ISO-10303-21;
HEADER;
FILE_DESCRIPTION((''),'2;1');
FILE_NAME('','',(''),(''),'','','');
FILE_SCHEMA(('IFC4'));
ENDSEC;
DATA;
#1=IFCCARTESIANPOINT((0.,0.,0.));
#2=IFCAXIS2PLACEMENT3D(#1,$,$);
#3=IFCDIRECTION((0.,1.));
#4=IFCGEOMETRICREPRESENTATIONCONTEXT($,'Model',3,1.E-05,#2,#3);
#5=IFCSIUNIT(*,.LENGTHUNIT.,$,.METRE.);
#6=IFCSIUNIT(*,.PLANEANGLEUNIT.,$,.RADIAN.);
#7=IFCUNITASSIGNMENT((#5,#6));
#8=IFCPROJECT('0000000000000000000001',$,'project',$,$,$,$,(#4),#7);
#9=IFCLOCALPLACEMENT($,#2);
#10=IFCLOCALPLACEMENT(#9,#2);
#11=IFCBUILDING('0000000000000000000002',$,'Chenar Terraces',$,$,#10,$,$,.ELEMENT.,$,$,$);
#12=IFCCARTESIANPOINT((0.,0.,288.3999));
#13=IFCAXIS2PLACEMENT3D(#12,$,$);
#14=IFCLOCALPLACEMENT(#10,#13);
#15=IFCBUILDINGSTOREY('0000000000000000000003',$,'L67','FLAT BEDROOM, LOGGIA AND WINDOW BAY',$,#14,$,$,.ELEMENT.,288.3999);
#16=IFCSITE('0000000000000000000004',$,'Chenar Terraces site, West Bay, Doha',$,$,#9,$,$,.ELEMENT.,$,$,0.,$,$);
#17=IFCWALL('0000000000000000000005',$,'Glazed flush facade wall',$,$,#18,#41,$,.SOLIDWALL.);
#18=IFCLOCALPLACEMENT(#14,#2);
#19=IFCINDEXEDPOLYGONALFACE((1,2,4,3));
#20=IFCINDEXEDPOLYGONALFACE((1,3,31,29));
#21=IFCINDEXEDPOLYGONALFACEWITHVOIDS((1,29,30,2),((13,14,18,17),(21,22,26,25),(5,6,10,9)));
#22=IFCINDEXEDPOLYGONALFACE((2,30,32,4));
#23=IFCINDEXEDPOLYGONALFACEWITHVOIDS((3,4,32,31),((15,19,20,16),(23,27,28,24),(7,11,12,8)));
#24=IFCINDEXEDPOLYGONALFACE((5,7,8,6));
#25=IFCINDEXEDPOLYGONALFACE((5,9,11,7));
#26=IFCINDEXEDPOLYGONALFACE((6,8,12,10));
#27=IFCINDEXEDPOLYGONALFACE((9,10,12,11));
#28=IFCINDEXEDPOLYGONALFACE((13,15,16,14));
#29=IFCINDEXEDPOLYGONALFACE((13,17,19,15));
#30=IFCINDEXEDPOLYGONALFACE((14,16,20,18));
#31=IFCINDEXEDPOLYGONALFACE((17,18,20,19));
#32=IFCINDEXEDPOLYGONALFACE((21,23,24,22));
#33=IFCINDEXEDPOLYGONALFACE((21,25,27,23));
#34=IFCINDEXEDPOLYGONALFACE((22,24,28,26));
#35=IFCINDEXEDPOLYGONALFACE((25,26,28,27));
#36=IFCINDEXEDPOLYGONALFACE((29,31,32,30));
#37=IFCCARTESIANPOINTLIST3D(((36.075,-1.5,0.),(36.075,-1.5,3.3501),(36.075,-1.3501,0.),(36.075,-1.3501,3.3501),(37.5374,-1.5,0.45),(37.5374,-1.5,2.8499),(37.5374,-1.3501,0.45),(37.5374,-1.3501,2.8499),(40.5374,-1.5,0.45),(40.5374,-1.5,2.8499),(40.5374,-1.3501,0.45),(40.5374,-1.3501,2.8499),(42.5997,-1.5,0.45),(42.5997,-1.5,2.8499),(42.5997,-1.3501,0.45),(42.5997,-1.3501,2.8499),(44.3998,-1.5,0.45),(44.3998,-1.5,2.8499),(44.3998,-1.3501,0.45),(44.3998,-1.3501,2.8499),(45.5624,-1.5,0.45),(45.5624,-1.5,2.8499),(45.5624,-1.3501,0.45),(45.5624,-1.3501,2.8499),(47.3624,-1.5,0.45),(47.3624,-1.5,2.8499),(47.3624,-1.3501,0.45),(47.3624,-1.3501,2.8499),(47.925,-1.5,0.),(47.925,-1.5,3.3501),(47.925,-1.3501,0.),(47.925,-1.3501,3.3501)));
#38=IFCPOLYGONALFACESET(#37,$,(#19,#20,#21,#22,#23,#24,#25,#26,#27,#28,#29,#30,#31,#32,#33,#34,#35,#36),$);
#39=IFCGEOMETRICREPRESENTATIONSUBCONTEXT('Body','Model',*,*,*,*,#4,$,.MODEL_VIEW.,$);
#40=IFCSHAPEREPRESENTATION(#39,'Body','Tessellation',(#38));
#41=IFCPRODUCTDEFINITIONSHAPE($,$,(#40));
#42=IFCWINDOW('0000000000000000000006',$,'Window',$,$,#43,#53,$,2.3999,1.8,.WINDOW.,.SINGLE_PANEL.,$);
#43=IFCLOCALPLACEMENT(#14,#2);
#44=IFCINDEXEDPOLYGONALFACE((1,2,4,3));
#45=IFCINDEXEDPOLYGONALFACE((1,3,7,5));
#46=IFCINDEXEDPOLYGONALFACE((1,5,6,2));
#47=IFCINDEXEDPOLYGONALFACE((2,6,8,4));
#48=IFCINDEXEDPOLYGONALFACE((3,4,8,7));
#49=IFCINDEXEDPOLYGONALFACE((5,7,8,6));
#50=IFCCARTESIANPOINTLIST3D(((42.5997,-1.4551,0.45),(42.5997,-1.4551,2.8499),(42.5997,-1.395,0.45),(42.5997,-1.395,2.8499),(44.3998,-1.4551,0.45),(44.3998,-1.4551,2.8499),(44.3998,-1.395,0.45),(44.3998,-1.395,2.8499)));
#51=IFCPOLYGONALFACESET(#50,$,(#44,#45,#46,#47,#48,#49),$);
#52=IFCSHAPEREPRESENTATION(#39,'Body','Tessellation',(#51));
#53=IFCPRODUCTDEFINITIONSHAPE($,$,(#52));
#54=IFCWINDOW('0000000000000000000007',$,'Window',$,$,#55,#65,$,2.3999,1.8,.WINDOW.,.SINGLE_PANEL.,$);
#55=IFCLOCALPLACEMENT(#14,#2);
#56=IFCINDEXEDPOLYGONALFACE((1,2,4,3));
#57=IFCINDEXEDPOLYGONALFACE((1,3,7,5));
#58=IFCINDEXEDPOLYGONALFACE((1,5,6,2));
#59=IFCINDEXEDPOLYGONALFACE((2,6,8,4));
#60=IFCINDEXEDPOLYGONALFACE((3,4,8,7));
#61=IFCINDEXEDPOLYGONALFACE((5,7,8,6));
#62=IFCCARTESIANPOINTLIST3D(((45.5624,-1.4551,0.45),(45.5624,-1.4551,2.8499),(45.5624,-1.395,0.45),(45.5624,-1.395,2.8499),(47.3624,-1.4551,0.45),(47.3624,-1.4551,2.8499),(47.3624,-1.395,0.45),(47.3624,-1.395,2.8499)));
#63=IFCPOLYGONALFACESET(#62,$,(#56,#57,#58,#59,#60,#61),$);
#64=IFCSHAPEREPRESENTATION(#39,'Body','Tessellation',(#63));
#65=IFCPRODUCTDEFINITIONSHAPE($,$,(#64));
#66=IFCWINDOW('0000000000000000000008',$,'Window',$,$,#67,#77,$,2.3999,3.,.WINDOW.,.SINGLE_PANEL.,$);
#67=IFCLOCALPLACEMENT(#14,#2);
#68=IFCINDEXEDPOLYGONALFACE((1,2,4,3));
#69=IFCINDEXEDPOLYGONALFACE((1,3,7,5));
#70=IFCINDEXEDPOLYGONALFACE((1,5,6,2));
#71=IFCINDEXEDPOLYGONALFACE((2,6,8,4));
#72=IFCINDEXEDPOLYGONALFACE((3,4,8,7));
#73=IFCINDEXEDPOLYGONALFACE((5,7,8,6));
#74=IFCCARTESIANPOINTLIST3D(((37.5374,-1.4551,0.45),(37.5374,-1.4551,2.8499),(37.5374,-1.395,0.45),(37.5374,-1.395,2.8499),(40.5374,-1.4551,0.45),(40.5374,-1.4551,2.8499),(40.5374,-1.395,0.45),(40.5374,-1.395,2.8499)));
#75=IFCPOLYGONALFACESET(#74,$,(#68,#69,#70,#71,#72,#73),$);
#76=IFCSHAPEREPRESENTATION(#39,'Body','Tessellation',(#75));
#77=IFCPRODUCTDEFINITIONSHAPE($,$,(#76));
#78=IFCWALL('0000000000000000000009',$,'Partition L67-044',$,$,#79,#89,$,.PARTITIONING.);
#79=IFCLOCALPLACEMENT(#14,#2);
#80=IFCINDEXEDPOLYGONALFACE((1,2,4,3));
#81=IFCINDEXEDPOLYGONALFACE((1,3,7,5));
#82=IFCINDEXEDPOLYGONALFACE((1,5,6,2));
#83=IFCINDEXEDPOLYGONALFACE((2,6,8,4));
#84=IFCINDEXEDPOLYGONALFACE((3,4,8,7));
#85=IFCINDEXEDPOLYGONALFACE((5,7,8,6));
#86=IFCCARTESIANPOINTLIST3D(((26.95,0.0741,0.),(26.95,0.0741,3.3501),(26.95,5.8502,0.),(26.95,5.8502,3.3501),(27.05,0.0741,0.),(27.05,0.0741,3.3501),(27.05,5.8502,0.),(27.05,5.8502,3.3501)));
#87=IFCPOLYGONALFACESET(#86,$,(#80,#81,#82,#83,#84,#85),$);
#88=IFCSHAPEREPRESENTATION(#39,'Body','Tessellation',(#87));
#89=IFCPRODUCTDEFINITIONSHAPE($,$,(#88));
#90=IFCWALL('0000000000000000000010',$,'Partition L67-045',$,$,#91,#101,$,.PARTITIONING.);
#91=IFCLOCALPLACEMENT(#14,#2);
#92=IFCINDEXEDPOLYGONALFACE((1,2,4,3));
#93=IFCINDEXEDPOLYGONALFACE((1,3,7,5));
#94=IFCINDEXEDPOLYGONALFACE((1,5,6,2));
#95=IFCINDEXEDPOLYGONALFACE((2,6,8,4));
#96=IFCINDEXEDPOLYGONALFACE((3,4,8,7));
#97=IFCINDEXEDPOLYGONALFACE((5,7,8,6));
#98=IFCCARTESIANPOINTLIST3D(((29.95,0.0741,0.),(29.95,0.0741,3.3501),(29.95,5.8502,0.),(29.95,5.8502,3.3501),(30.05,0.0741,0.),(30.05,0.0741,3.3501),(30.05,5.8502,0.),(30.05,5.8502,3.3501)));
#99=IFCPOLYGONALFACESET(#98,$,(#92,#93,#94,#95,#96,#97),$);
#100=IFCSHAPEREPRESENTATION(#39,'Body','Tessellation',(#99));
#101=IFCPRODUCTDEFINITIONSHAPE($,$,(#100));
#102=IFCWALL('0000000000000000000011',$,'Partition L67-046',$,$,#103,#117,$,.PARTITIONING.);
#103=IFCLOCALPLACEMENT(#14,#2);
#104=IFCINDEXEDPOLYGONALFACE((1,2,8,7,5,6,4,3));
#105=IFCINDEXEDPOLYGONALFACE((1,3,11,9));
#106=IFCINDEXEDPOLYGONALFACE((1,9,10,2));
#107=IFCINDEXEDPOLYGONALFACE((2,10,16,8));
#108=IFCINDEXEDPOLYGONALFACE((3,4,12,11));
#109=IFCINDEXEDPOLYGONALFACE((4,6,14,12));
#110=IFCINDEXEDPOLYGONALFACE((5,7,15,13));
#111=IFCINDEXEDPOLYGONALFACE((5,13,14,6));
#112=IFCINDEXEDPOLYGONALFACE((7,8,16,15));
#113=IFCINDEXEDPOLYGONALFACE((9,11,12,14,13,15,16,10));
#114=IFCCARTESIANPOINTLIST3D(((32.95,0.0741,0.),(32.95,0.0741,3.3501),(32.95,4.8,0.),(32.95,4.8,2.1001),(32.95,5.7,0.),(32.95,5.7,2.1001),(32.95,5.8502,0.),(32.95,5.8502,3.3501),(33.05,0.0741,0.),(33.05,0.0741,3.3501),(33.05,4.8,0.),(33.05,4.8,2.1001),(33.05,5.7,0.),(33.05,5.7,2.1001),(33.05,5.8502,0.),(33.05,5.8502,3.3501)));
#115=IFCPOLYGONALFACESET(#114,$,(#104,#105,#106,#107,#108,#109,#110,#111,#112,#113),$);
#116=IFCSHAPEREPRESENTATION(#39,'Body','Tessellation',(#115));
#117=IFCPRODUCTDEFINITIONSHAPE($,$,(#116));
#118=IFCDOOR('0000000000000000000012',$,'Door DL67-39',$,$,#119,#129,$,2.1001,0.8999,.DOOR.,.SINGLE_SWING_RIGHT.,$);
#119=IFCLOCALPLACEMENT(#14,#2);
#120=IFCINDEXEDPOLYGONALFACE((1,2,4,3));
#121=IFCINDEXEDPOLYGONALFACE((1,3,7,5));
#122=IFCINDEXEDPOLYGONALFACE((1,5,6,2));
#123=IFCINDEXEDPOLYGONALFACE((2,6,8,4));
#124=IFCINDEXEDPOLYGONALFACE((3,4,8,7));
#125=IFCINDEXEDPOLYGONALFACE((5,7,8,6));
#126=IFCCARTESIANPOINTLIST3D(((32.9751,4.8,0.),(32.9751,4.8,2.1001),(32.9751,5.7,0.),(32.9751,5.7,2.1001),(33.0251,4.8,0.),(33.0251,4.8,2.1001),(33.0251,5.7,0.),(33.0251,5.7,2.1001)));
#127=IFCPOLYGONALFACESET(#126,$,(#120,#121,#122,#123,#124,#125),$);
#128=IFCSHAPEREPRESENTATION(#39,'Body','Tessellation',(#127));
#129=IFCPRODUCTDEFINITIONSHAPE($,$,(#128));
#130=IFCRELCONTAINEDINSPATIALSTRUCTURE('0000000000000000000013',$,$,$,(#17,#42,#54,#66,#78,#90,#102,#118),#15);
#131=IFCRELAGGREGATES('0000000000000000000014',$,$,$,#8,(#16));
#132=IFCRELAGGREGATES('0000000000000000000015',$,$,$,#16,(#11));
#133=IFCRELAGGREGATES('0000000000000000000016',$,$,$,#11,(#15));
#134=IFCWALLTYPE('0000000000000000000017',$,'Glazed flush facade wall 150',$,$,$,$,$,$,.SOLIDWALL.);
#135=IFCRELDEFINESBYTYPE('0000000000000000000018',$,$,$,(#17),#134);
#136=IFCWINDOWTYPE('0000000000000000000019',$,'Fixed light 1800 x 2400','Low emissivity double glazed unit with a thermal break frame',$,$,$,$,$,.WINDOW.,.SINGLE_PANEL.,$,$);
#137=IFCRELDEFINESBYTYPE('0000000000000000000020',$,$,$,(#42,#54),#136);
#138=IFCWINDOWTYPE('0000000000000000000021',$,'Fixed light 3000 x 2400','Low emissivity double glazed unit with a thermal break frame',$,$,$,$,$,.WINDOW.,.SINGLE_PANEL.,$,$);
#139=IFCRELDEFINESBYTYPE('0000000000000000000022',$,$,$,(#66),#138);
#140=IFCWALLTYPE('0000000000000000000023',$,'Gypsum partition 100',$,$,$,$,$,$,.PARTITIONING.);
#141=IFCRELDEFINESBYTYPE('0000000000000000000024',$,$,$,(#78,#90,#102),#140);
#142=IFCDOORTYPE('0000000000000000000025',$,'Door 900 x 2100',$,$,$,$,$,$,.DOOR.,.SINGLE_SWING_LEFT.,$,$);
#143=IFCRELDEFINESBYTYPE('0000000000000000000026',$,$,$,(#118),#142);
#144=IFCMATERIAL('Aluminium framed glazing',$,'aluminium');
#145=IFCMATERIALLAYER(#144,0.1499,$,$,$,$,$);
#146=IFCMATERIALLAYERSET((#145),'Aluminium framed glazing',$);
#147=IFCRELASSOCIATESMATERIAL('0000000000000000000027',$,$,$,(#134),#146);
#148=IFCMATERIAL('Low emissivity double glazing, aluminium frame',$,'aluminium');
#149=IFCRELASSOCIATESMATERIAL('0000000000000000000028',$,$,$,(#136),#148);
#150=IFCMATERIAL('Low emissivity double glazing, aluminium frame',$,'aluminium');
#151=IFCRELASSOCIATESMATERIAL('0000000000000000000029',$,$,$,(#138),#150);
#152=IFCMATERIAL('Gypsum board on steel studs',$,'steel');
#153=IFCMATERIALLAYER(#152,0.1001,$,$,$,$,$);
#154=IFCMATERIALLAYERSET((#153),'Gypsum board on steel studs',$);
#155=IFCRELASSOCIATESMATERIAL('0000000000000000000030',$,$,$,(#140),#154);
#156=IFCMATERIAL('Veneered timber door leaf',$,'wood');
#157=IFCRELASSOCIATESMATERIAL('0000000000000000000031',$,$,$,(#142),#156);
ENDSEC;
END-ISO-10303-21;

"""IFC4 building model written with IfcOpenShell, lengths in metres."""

from ifc_helpers import new_model, si_unit, direction, frame, frame_2d, origin, place, context, subcontext, project, spatial, rectangle, extrude, material, layer, layer_set, type_object, element, fill, save


model = new_model("IFC4")

# Units and contexts
model_context = context("Model", 3, precision=1e-05, world=origin(), true_north=direction((0.0, 1.0)))
body_context = subcontext(model_context, "Body", "Model", "MODEL_VIEW")
ifc_project = project(units=[si_unit("LENGTHUNIT", "METRE"), si_unit("PLANEANGLEUNIT", "RADIAN")], contexts=[model_context])

# Site, building, storey
site_placement = place(None, origin())
site = spatial("IfcSite", under=ifc_project, at=site_placement, Name="Chenar Terraces site, West Bay, Doha", CompositionType="ELEMENT", RefElevation=0.0)
building_placement = place(site_placement, origin())
building = spatial("IfcBuilding", under=site, at=building_placement, Name="Chenar Terraces", CompositionType="ELEMENT")
storey_placement = place(building_placement, frame((0.0, 0.0, 288.3999)))
storey = spatial("IfcBuildingStorey", under=building, at=storey_placement, Name="L67", Description="FLAT BEDROOM, LOGGIA AND WINDOW BAY", CompositionType="ELEMENT", Elevation=288.3999)

# Wall, openings, windows
ifc_material_1 = material(Name="Aluminium framed glazing", Category="aluminium")
ifc_layer_1 = layer(ifc_material_1, 0.1499)
ifc_layer_set_1 = layer_set([ifc_layer_1], Name="Aluminium framed glazing")
wall_type_1 = type_object("IfcWallType", Name="Glazed flush facade wall 150", PredefinedType="SOLIDWALL", material=ifc_layer_set_1)
wall_1_placement = place(storey_placement, frame((36.075, -1.425, 0.0), z_axis=(0.0, 0.0, 1.0), x_axis=(1.0, 0.0, 0.0)))
wall_1 = element("IfcWall", 1, at=wall_1_placement, inside=storey, type_object=wall_type_1, Name="Glazed flush facade wall", PredefinedType="SOLIDWALL", context=body_context, shape_type="SweptSolid", body=[
    extrude(rectangle(XDim=11.8501, YDim=0.1499, at=frame_2d((5.925, 0.0))), origin(), (0.0, 0.0, 1.0), 3.3501),
])
opening_1_placement = place(wall_1_placement, frame((1.4624, 0.0, 0.45)))
opening_1 = element("IfcOpeningElement", 2, at=opening_1_placement, cuts=wall_1, PredefinedType="OPENING", context=body_context, shape_type="SweptSolid", body=[
    extrude(rectangle(XDim=3.0, YDim=2.3999, at=frame_2d((1.5, 1.2))), frame((0.0, 0.085, 0.0), z_axis=(0.0, -1.0, 0.0), x_axis=(1.0, 0.0, 0.0)), (0.0, 0.0, 1.0), 0.1699),
])
opening_2_placement = place(wall_1_placement, frame((6.5249, 0.0, 0.45)))
opening_2 = element("IfcOpeningElement", 3, at=opening_2_placement, cuts=wall_1, PredefinedType="OPENING", context=body_context, shape_type="SweptSolid", body=[
    extrude(rectangle(XDim=1.8, YDim=2.3999, at=frame_2d((0.8999, 1.2))), frame((0.0, 0.085, 0.0), z_axis=(0.0, -1.0, 0.0), x_axis=(1.0, 0.0, 0.0)), (0.0, 0.0, 1.0), 0.1699),
])
opening_3_placement = place(wall_1_placement, frame((9.4875, 0.0, 0.45)))
opening_3 = element("IfcOpeningElement", 4, at=opening_3_placement, cuts=wall_1, PredefinedType="OPENING", context=body_context, shape_type="SweptSolid", body=[
    extrude(rectangle(XDim=1.8, YDim=2.3999, at=frame_2d((0.8999, 1.2))), frame((0.0, 0.085, 0.0), z_axis=(0.0, -1.0, 0.0), x_axis=(1.0, 0.0, 0.0)), (0.0, 0.0, 1.0), 0.1699),
])
ifc_material_2 = material(Name="Low emissivity double glazing, aluminium frame", Category="aluminium")
window_type_1 = type_object("IfcWindowType", Name="Fixed light 1800 x 2400", Description="Low emissivity double glazed unit with a thermal break frame", PartitioningType="SINGLE_PANEL", PredefinedType="WINDOW", material=ifc_material_2)
window_1_placement = place(opening_2_placement, origin())
window_1 = element("IfcWindow", 5, at=window_1_placement, inside=storey, type_object=window_type_1, Name="Window", OverallHeight=2.3999, OverallWidth=1.8, PartitioningType="SINGLE_PANEL", PredefinedType="WINDOW", context=body_context, shape_type="SweptSolid", body=[
    extrude(rectangle(XDim=1.8, YDim=2.3999, at=frame_2d((0.8999, 1.2))), frame((0.0, 0.03, 0.0), z_axis=(0.0, -1.0, 0.0), x_axis=(1.0, 0.0, 0.0)), (0.0, 0.0, 1.0), 0.0601),
])
fill(opening_2, window_1)
window_2_placement = place(opening_3_placement, origin())
window_2 = element("IfcWindow", 6, at=window_2_placement, inside=storey, type_object=window_type_1, Name="Window", OverallHeight=2.3999, OverallWidth=1.8, PartitioningType="SINGLE_PANEL", PredefinedType="WINDOW", context=body_context, shape_type="SweptSolid", body=[
    extrude(rectangle(XDim=1.8, YDim=2.3999, at=frame_2d((0.8999, 1.2))), frame((0.0, 0.03, 0.0), z_axis=(0.0, -1.0, 0.0), x_axis=(1.0, 0.0, 0.0)), (0.0, 0.0, 1.0), 0.0601),
])
fill(opening_3, window_2)
ifc_material_3 = material(Name="Low emissivity double glazing, aluminium frame", Category="aluminium")
window_type_2 = type_object("IfcWindowType", Name="Fixed light 3000 x 2400", Description="Low emissivity double glazed unit with a thermal break frame", PartitioningType="SINGLE_PANEL", PredefinedType="WINDOW", material=ifc_material_3)
window_3_placement = place(opening_1_placement, origin())
window_3 = element("IfcWindow", 7, at=window_3_placement, inside=storey, type_object=window_type_2, Name="Window", OverallHeight=2.3999, OverallWidth=3.0, PartitioningType="SINGLE_PANEL", PredefinedType="WINDOW", context=body_context, shape_type="SweptSolid", body=[
    extrude(rectangle(XDim=3.0, YDim=2.3999, at=frame_2d((1.5, 1.2))), frame((0.0, 0.03, 0.0), z_axis=(0.0, -1.0, 0.0), x_axis=(1.0, 0.0, 0.0)), (0.0, 0.0, 1.0), 0.0601),
])
fill(opening_1, window_3)

# Walls
ifc_material_4 = material(Name="Gypsum board on steel studs", Category="steel")
ifc_layer_2 = layer(ifc_material_4, 0.1001)
ifc_layer_set_2 = layer_set([ifc_layer_2], Name="Gypsum board on steel studs")
wall_type_2 = type_object("IfcWallType", Name="Gypsum partition 100", PredefinedType="PARTITIONING", material=ifc_layer_set_2)
for number, where, z_axis, x_axis, name in (
    (8, (27.0, 0.074, 0.0), (0.0, 0.0, 1.0), (0.0, 1.0, 0.0), "Partition L67-044"),
    (9, (30.0, 0.074, 0.0), (0.0, 0.0, 1.0), (0.0, 1.0, 0.0), "Partition L67-045"),
):
    element("IfcWall", number, at=place(storey_placement, frame(where, z_axis=z_axis, x_axis=x_axis)), inside=storey, type_object=wall_type_2, Name=name, PredefinedType="PARTITIONING", context=body_context, shape_type="SweptSolid", body=[
        extrude(rectangle(XDim=5.7761, YDim=0.1001, at=frame_2d((2.8882, 0.0))), origin(), (0.0, 0.0, 1.0), 3.3501),
    ])

# Wall, opening, door
wall_2_placement = place(storey_placement, frame((33.0, 0.074, 0.0), z_axis=(0.0, 0.0, 1.0), x_axis=(0.0, 1.0, 0.0)))
wall_2 = element("IfcWall", 10, at=wall_2_placement, inside=storey, type_object=wall_type_2, Name="Partition L67-046", PredefinedType="PARTITIONING", context=body_context, shape_type="SweptSolid", body=[
    extrude(rectangle(XDim=5.7761, YDim=0.1001, at=frame_2d((2.8882, 0.0))), origin(), (0.0, 0.0, 1.0), 3.3501),
])
opening_4_placement = place(wall_2_placement, frame((4.7261, 0.0, 0.0)))
opening_4 = element("IfcOpeningElement", 11, at=opening_4_placement, cuts=wall_2, PredefinedType="OPENING", context=body_context, shape_type="SweptSolid", body=[
    extrude(rectangle(XDim=0.8999, YDim=2.1001, at=frame_2d((0.45, 1.05))), frame((0.0, 0.0601, 0.0), z_axis=(0.0, -1.0, 0.0), x_axis=(1.0, 0.0, 0.0)), (0.0, 0.0, 1.0), 0.1201),
])
ifc_material_5 = material(Name="Veneered timber door leaf", Category="wood")
door_type_1 = type_object("IfcDoorType", Name="Door 900 x 2100", OperationType="SINGLE_SWING_LEFT", PredefinedType="DOOR", material=ifc_material_5)
door_1_placement = place(opening_4_placement, origin())
door_1 = element("IfcDoor", 12, at=door_1_placement, inside=storey, type_object=door_type_1, Name="Door DL67-39", OperationType="SINGLE_SWING_RIGHT", OverallHeight=2.1001, OverallWidth=0.8999, PredefinedType="DOOR", context=body_context, shape_type="SweptSolid", body=[
    extrude(rectangle(XDim=0.8999, YDim=2.1001, at=frame_2d((0.45, 1.05))), frame((0.0, 0.0249, 0.0), z_axis=(0.0, -1.0, 0.0), x_axis=(1.0, 0.0, 0.0)), (0.0, 0.0, 1.0), 0.05),
])
fill(opening_4, door_1)

save(model, "model.ifc")
